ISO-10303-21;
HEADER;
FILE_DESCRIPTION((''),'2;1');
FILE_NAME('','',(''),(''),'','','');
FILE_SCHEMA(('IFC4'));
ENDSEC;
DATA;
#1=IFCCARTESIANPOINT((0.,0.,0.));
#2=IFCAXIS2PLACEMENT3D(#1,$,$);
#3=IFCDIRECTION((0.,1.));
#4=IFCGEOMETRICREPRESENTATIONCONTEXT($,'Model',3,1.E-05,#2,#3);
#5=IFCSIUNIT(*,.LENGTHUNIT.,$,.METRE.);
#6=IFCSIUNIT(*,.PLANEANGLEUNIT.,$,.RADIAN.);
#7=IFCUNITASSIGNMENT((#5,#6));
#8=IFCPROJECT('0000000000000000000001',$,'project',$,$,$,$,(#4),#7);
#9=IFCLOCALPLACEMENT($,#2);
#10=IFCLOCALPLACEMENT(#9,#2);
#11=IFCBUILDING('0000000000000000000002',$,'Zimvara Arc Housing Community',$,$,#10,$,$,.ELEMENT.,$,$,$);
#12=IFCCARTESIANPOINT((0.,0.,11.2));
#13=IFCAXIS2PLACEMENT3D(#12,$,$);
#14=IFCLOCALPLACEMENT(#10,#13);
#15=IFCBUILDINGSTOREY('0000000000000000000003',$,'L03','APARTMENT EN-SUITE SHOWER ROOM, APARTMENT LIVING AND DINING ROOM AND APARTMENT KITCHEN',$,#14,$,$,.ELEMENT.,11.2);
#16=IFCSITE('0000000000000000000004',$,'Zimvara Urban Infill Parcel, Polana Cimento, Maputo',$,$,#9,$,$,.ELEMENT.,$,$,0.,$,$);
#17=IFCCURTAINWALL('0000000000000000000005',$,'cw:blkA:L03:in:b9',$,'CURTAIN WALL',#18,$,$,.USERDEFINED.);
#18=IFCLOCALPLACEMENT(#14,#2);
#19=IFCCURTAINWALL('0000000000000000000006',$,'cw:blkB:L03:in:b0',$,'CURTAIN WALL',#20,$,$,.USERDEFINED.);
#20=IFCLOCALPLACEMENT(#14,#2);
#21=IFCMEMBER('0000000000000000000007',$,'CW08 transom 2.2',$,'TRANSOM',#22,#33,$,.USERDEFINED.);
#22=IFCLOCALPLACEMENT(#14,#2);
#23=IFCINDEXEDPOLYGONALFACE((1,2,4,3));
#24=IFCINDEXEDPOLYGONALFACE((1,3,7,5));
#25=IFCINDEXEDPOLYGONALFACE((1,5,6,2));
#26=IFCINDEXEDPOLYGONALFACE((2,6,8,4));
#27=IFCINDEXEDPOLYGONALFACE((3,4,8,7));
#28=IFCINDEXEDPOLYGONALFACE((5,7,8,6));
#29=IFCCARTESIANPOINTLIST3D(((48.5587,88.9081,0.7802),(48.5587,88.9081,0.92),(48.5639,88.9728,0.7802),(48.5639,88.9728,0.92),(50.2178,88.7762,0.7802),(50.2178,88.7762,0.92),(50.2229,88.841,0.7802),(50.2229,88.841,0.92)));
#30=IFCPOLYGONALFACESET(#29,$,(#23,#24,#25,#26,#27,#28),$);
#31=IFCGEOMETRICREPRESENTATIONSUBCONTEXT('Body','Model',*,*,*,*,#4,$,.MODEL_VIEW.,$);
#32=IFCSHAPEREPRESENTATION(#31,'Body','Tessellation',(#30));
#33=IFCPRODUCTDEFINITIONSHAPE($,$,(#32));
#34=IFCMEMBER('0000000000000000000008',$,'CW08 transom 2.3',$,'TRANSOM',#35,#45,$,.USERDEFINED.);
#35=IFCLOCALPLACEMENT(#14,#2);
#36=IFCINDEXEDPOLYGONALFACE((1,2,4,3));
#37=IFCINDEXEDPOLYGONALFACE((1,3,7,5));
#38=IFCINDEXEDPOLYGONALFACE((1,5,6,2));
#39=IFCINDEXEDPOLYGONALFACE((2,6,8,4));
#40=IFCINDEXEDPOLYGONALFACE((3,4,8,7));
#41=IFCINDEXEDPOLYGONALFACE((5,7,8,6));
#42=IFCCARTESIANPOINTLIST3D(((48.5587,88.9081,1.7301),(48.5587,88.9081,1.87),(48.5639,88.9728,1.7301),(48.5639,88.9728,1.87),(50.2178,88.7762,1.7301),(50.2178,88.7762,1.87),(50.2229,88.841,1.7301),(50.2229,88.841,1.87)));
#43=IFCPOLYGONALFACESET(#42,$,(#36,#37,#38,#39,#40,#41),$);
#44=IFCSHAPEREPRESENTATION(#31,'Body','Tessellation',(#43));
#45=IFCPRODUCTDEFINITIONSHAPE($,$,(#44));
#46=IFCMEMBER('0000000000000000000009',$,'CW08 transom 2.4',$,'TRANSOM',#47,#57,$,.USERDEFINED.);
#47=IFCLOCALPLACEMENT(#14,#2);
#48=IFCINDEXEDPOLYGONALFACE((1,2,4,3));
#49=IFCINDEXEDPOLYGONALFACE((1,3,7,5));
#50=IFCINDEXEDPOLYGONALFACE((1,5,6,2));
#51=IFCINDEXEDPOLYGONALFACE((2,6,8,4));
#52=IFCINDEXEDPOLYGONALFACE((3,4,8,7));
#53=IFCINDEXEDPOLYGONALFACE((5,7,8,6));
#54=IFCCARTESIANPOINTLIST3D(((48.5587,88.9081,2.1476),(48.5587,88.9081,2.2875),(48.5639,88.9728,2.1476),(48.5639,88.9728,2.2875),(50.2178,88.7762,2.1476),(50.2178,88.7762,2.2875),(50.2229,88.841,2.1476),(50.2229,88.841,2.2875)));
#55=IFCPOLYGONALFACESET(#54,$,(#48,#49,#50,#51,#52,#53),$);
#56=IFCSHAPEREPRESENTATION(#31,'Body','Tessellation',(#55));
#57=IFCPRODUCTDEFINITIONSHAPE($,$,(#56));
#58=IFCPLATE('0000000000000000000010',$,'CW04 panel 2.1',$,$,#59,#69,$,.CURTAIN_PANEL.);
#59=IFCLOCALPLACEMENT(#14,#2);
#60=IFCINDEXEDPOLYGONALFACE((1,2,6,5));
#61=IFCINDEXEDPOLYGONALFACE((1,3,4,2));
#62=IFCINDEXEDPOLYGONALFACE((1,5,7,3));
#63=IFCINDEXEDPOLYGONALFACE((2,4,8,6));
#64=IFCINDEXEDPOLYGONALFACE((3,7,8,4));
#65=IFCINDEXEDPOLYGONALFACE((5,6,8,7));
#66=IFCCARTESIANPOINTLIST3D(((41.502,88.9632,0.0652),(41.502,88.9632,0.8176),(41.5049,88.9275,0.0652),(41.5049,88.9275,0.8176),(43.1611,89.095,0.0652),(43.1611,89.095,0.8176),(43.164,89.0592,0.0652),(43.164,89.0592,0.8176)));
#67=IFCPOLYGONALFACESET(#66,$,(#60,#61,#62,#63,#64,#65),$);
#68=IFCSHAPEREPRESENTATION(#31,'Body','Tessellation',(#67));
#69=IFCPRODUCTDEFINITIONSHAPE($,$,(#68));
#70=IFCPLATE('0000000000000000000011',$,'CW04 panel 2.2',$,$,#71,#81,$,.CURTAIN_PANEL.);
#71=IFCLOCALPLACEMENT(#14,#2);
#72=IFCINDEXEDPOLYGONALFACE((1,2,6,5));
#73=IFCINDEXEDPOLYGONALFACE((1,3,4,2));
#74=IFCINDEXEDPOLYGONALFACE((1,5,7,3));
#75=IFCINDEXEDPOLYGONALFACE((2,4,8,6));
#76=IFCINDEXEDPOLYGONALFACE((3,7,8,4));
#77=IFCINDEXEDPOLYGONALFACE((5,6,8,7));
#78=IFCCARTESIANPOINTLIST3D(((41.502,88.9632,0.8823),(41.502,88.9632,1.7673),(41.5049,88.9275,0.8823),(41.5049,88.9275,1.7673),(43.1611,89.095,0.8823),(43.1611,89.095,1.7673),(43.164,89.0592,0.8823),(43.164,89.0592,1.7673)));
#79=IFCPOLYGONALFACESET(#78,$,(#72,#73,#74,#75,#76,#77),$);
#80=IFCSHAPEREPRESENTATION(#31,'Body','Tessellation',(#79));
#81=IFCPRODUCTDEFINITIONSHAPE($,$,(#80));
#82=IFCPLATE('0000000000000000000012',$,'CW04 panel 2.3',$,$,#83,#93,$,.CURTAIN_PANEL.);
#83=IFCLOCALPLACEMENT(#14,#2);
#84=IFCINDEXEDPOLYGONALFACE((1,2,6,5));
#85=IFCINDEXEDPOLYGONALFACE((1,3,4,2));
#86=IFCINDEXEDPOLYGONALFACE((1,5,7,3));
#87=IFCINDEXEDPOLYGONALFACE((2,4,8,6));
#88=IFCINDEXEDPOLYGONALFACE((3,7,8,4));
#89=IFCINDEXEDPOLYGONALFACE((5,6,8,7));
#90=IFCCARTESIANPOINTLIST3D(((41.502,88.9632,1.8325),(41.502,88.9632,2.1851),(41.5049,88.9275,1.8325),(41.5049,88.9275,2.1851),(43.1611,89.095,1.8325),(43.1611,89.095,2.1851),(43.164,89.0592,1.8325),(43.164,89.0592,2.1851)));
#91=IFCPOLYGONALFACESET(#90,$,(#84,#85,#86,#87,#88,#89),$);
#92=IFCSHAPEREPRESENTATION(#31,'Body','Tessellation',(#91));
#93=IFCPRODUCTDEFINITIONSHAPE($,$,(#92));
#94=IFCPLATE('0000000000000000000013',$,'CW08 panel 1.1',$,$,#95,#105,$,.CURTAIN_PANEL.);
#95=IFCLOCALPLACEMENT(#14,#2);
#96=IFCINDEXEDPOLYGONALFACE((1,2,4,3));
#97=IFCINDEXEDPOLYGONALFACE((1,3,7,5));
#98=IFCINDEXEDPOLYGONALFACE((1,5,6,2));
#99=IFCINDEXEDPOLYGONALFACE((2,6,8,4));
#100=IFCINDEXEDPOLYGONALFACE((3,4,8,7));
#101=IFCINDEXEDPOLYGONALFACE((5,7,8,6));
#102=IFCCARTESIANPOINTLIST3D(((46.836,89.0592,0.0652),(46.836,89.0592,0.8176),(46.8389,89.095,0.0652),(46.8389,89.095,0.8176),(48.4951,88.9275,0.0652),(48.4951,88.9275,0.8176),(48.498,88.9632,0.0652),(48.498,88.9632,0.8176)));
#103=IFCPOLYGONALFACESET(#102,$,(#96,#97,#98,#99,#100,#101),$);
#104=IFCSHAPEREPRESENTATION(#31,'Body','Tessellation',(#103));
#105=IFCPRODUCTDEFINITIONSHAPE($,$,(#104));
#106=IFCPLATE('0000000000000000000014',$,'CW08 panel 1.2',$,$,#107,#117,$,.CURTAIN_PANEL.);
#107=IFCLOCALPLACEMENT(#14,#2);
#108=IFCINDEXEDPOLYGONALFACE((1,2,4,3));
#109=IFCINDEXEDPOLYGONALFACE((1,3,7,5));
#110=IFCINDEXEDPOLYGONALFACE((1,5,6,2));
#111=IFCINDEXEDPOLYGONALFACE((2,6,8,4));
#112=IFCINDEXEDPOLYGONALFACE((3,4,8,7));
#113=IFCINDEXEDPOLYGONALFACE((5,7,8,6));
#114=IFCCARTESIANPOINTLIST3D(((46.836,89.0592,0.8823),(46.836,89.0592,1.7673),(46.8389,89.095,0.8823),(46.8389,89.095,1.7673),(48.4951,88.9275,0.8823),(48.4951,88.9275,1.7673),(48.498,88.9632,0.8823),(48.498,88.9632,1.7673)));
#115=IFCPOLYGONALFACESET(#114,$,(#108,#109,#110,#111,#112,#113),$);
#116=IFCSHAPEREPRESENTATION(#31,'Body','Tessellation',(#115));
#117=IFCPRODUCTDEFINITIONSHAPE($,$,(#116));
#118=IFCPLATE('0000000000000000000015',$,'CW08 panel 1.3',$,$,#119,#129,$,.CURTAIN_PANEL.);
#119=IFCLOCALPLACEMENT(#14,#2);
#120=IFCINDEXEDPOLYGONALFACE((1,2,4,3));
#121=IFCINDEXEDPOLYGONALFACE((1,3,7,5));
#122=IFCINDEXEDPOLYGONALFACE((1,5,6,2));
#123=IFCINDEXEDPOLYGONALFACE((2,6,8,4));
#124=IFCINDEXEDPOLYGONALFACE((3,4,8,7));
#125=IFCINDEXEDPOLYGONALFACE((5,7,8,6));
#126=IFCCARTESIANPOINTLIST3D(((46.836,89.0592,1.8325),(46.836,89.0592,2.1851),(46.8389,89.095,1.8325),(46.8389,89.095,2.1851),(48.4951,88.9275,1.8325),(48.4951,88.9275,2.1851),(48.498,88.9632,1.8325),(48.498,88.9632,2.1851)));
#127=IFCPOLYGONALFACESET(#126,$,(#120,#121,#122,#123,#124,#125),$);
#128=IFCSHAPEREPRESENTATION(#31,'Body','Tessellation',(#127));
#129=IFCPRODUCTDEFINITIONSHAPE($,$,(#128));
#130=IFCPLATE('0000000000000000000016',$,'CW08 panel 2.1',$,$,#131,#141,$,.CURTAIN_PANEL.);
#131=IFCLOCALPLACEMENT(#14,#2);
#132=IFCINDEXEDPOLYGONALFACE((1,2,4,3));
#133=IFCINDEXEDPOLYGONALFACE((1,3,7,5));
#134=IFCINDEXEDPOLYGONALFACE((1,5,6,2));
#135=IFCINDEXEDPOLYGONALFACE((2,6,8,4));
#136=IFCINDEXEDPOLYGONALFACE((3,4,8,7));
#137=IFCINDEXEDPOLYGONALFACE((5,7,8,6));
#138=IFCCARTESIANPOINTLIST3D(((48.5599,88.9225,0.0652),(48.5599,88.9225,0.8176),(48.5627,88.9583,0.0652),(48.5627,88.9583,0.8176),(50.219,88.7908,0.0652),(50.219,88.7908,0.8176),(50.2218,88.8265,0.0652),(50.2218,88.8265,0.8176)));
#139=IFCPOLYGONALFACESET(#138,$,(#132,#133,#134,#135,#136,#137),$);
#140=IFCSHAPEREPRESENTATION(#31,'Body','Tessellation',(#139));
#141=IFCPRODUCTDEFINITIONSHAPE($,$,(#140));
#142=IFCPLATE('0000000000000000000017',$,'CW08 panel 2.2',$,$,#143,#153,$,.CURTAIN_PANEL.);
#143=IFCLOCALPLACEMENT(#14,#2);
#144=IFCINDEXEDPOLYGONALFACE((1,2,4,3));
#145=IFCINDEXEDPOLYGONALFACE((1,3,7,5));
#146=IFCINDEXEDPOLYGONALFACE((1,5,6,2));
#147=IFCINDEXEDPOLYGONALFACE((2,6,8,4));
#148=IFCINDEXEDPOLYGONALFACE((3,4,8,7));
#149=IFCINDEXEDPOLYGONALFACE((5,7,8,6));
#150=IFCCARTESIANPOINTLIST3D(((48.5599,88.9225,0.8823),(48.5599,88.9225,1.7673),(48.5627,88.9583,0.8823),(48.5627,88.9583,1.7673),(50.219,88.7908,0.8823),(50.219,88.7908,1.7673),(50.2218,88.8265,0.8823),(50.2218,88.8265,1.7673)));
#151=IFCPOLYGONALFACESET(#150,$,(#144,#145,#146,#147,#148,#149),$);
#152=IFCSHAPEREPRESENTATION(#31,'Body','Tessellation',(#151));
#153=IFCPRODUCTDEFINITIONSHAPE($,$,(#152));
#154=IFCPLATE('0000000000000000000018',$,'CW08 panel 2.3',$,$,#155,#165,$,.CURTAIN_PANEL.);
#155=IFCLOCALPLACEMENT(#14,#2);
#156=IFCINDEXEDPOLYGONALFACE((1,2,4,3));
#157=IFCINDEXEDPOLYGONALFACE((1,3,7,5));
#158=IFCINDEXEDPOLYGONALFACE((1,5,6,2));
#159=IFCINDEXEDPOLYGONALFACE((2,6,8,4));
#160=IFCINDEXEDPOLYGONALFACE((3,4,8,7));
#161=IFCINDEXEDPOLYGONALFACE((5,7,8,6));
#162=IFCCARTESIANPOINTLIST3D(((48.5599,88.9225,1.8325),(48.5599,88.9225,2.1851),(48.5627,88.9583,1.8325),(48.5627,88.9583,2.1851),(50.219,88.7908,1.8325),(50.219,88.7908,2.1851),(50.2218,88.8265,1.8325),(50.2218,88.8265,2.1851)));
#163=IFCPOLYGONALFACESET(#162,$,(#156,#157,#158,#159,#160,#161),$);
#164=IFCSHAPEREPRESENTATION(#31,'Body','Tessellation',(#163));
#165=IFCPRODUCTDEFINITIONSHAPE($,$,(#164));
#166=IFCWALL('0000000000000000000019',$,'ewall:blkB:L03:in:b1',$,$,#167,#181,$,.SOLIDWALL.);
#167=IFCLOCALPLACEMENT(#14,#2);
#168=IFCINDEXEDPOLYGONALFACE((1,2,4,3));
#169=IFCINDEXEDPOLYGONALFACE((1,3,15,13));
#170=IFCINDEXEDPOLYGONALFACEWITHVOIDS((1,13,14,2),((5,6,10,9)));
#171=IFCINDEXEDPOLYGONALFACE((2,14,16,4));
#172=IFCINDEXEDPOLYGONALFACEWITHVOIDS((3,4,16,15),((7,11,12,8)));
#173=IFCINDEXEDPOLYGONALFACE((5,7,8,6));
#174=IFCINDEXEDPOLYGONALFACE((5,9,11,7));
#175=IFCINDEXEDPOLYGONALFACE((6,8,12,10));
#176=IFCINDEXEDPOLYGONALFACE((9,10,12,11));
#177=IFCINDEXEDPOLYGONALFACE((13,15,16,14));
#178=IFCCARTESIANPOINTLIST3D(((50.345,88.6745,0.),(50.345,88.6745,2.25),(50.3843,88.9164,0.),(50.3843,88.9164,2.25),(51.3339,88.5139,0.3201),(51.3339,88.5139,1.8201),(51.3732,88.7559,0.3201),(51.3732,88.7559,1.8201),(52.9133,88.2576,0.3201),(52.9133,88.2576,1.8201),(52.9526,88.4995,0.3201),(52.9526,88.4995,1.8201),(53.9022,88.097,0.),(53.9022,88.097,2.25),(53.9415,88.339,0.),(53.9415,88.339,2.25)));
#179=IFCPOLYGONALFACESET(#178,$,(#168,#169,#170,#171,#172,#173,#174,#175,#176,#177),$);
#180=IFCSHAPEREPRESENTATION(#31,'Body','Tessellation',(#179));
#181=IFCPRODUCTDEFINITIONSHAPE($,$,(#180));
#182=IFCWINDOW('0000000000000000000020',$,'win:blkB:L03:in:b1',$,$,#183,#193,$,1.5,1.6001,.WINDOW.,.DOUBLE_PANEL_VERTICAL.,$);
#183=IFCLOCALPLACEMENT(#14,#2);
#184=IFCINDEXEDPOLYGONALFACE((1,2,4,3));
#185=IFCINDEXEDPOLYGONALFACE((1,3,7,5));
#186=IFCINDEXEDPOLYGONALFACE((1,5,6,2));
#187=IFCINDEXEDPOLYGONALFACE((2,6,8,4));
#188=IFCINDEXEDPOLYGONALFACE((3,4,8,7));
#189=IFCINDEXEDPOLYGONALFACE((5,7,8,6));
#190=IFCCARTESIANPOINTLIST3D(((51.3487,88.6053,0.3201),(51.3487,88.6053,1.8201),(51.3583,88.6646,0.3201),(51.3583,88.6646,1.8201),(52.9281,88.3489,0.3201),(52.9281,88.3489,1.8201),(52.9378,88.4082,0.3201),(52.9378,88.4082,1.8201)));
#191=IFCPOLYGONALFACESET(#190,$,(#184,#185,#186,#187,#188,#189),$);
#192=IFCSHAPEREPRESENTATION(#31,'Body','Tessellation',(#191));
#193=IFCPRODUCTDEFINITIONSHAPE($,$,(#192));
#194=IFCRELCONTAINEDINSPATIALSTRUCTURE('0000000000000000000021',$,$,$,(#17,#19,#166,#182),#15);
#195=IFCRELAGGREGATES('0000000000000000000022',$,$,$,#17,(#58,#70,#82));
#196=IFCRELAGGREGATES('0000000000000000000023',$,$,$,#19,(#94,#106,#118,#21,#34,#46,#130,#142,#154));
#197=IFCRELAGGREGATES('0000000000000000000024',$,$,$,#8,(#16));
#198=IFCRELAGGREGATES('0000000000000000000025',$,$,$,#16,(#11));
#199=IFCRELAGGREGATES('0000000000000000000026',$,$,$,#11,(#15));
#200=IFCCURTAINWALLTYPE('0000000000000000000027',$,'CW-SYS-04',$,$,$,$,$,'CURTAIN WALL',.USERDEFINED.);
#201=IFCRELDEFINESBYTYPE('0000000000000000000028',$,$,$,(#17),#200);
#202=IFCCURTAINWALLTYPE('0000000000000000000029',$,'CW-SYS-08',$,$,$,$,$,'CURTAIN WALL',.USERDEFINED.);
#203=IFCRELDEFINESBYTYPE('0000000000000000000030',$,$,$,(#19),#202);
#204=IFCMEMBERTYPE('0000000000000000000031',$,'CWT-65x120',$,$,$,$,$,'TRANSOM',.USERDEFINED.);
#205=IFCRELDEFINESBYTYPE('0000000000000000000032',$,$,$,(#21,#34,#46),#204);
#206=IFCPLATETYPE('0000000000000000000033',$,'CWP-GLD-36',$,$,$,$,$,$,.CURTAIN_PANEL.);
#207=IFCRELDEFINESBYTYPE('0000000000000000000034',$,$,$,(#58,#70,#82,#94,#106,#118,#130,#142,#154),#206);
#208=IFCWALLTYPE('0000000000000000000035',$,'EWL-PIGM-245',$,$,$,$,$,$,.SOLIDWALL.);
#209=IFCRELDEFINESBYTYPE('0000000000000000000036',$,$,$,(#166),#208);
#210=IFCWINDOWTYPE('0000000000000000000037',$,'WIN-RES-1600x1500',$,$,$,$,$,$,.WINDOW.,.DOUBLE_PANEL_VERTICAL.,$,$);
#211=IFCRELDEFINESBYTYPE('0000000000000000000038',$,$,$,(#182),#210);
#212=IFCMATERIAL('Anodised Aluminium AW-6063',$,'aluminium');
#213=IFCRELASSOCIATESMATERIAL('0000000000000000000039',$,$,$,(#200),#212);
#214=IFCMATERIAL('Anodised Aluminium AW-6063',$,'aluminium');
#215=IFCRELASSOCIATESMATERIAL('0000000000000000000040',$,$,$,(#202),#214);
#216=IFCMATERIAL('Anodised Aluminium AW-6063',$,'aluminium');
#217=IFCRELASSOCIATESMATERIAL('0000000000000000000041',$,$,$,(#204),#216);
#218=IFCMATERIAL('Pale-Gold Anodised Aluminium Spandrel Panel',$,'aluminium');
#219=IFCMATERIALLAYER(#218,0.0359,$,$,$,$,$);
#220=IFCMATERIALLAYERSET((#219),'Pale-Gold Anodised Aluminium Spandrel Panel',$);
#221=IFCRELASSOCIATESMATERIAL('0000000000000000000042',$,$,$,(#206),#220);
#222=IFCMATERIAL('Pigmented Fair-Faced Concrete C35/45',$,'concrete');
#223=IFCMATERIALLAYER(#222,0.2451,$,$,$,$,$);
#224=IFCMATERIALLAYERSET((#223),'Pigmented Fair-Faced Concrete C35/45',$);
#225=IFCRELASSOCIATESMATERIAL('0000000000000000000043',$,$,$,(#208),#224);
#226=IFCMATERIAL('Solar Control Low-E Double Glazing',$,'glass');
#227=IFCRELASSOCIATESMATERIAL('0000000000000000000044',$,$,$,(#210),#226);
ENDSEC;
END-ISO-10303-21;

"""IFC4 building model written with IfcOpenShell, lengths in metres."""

from ifc_helpers import new_model, si_unit, direction, frame, frame_2d, origin, origin_2d, place, context, subcontext, project, spatial, rectangle, extrude, material, layer, layer_set, material_profile, profile_set, type_object, element, fill, aggregate, save


model = new_model("IFC4")

# Units and contexts
model_context = context("Model", 3, precision=1e-05, world=origin(), true_north=direction((0.0, 1.0)))
body_context = subcontext(model_context, "Body", "Model", "MODEL_VIEW")
ifc_project = project(units=[si_unit("LENGTHUNIT", "METRE"), si_unit("PLANEANGLEUNIT", "RADIAN")], contexts=[model_context])

# Site, building, storey
site_placement = place(None, origin())
site = spatial("IfcSite", under=ifc_project, at=site_placement, Name="Zimvara Urban Infill Parcel, Polana Cimento, Maputo", CompositionType="ELEMENT", RefElevation=0.0)
building_placement = place(site_placement, origin())
building = spatial("IfcBuilding", under=site, at=building_placement, Name="Zimvara Arc Housing Community", CompositionType="ELEMENT")
storey_placement = place(building_placement, frame((0.0, 0.0, 11.2)))
storey = spatial("IfcBuildingStorey", under=building, at=storey_placement, Name="L03", Description="APARTMENT EN-SUITE SHOWER ROOM, APARTMENT LIVING AND DINING ROOM AND APARTMENT KITCHEN", CompositionType="ELEMENT", Elevation=11.2)

# Curtain wall
ifc_material_1 = material(Name="Anodised Aluminium AW-6063", Category="aluminium")
curtain_wall_type_1 = type_object("IfcCurtainWallType", Name="CW-SYS-04", ElementType="CURTAIN WALL", PredefinedType="USERDEFINED", material=ifc_material_1)
curtain_wall_1_placement = place(storey_placement, origin())
curtain_wall_1 = element("IfcCurtainWall", 1, at=curtain_wall_1_placement, inside=storey, type_object=curtain_wall_type_1, Name="cw:blkA:L03:in:b9", ObjectType="CURTAIN WALL", PredefinedType="USERDEFINED")

# Curtain wall
ifc_material_2 = material(Name="Anodised Aluminium AW-6063", Category="aluminium")
curtain_wall_type_2 = type_object("IfcCurtainWallType", Name="CW-SYS-08", ElementType="CURTAIN WALL", PredefinedType="USERDEFINED", material=ifc_material_2)
curtain_wall_2_placement = place(storey_placement, origin())
curtain_wall_2 = element("IfcCurtainWall", 2, at=curtain_wall_2_placement, inside=storey, type_object=curtain_wall_type_2, Name="cw:blkB:L03:in:b0", ObjectType="CURTAIN WALL", PredefinedType="USERDEFINED")

# Members
ifc_material_3 = material(Name="Anodised Aluminium AW-6063", Category="aluminium")
ifc_material_profile_1 = material_profile(ifc_material_3, rectangle(XDim=0.0649, YDim=0.1399, at=origin_2d()), Name="ALU 65x140")
ifc_profile_set_1 = profile_set([ifc_material_profile_1], Name="Anodised Aluminium AW-6063")
member_type_1 = type_object("IfcMemberType", Name="CWT-65x120", ElementType="TRANSOM", PredefinedType="USERDEFINED", material=ifc_profile_set_1)
member_1_placement = place(storey_placement, frame((48.5613, 88.9404, 0.8501), z_axis=(0.996858, -0.079209, 0.0), x_axis=(0.079209, 0.996858, 0.0)))
member_1 = element("IfcMember", 3, at=member_1_placement, type_object=member_type_1, Name="CW08 transom 2.2", ObjectType="TRANSOM", PredefinedType="USERDEFINED", context=body_context, shape_type="SweptSolid", body=[
    extrude(rectangle(XDim=0.0649, YDim=0.1399, at=origin_2d()), origin(), (0.0, 0.0, 1.0), 1.6643),
])
member_2_placement = place(storey_placement, frame((48.5613, 88.9404, 1.8), z_axis=(0.996858, -0.079209, 0.0), x_axis=(0.079209, 0.996858, 0.0)))
member_2 = element("IfcMember", 4, at=member_2_placement, type_object=member_type_1, Name="CW08 transom 2.3", ObjectType="TRANSOM", PredefinedType="USERDEFINED", context=body_context, shape_type="SweptSolid", body=[
    extrude(rectangle(XDim=0.0649, YDim=0.1399, at=origin_2d()), origin(), (0.0, 0.0, 1.0), 1.6643),
])
member_3_placement = place(storey_placement, frame((48.5613, 88.9404, 2.2175), z_axis=(0.996858, -0.079209, 0.0), x_axis=(0.079209, 0.996858, 0.0)))
member_3 = element("IfcMember", 5, at=member_3_placement, type_object=member_type_1, Name="CW08 transom 2.4", ObjectType="TRANSOM", PredefinedType="USERDEFINED", context=body_context, shape_type="SweptSolid", body=[
    extrude(rectangle(XDim=0.0649, YDim=0.1399, at=origin_2d()), origin(), (0.0, 0.0, 1.0), 1.6643),
])

# Plates
ifc_material_4 = material(Name="Pale-Gold Anodised Aluminium Spandrel Panel", Category="aluminium")
ifc_layer_1 = layer(ifc_material_4, 0.0359)
ifc_layer_set_1 = layer_set([ifc_layer_1], Name="Pale-Gold Anodised Aluminium Spandrel Panel")
plate_type = type_object("IfcPlateType", Name="CWP-GLD-36", PredefinedType="CURTAIN_PANEL", material=ifc_layer_set_1)
plate_1_placement = place(storey_placement, frame((42.333, 89.0112, 0.0652), z_axis=(0.0, 0.0, 1.0), x_axis=(0.996862, 0.079155, 0.0)))
plate_1 = element("IfcPlate", 6, at=plate_1_placement, type_object=plate_type, Name="CW04 panel 2.1", PredefinedType="CURTAIN_PANEL", context=body_context, shape_type="SweptSolid", body=[
    extrude(rectangle(XDim=1.6643, YDim=0.0359, at=origin_2d()), origin(), (0.0, 0.0, 1.0), 0.7524),
])
plate_2_placement = place(storey_placement, frame((42.333, 89.0112, 0.8823), z_axis=(0.0, 0.0, 1.0), x_axis=(0.996862, 0.079155, 0.0)))
plate_2 = element("IfcPlate", 7, at=plate_2_placement, type_object=plate_type, Name="CW04 panel 2.2", PredefinedType="CURTAIN_PANEL", context=body_context, shape_type="SweptSolid", body=[
    extrude(rectangle(XDim=1.6643, YDim=0.0359, at=origin_2d()), origin(), (0.0, 0.0, 1.0), 0.885),
])
plate_3_placement = place(storey_placement, frame((42.333, 89.0112, 1.8325), z_axis=(0.0, 0.0, 1.0), x_axis=(0.996862, 0.079155, 0.0)))
plate_3 = element("IfcPlate", 8, at=plate_3_placement, type_object=plate_type, Name="CW04 panel 2.3", PredefinedType="CURTAIN_PANEL", context=body_context, shape_type="SweptSolid", body=[
    extrude(rectangle(XDim=1.6643, YDim=0.0359, at=origin_2d()), origin(), (0.0, 0.0, 1.0), 0.3525),
])
aggregate(curtain_wall_1, [plate_1, plate_2, plate_3])
plate_4_placement = place(storey_placement, frame((47.667, 89.0112, 0.0652), z_axis=(0.0, 0.0, 1.0), x_axis=(0.996862, -0.079155, 0.0)))
plate_4 = element("IfcPlate", 9, at=plate_4_placement, type_object=plate_type, Name="CW08 panel 1.1", PredefinedType="CURTAIN_PANEL", context=body_context, shape_type="SweptSolid", body=[
    extrude(rectangle(XDim=1.6643, YDim=0.0359, at=origin_2d()), origin(), (0.0, 0.0, 1.0), 0.7524),
])
plate_5_placement = place(storey_placement, frame((47.667, 89.0112, 0.8823), z_axis=(0.0, 0.0, 1.0), x_axis=(0.996862, -0.079155, 0.0)))
plate_5 = element("IfcPlate", 10, at=plate_5_placement, type_object=plate_type, Name="CW08 panel 1.2", PredefinedType="CURTAIN_PANEL", context=body_context, shape_type="SweptSolid", body=[
    extrude(rectangle(XDim=1.6643, YDim=0.0359, at=origin_2d()), origin(), (0.0, 0.0, 1.0), 0.885),
])
plate_6_placement = place(storey_placement, frame((47.667, 89.0112, 1.8325), z_axis=(0.0, 0.0, 1.0), x_axis=(0.996862, -0.079155, 0.0)))
plate_6 = element("IfcPlate", 11, at=plate_6_placement, type_object=plate_type, Name="CW08 panel 1.3", PredefinedType="CURTAIN_PANEL", context=body_context, shape_type="SweptSolid", body=[
    extrude(rectangle(XDim=1.6643, YDim=0.0359, at=origin_2d()), origin(), (0.0, 0.0, 1.0), 0.3525),
])
plate_7_placement = place(storey_placement, frame((49.3909, 88.8745, 0.0652), z_axis=(0.0, 0.0, 1.0), x_axis=(0.996862, -0.079155, 0.0)))
plate_7 = element("IfcPlate", 12, at=plate_7_placement, type_object=plate_type, Name="CW08 panel 2.1", PredefinedType="CURTAIN_PANEL", context=body_context, shape_type="SweptSolid", body=[
    extrude(rectangle(XDim=1.6643, YDim=0.0359, at=origin_2d()), origin(), (0.0, 0.0, 1.0), 0.7524),
])
plate_8_placement = place(storey_placement, frame((49.3909, 88.8745, 0.8823), z_axis=(0.0, 0.0, 1.0), x_axis=(0.996862, -0.079155, 0.0)))
plate_8 = element("IfcPlate", 13, at=plate_8_placement, type_object=plate_type, Name="CW08 panel 2.2", PredefinedType="CURTAIN_PANEL", context=body_context, shape_type="SweptSolid", body=[
    extrude(rectangle(XDim=1.6643, YDim=0.0359, at=origin_2d()), origin(), (0.0, 0.0, 1.0), 0.885),
])
plate_9_placement = place(storey_placement, frame((49.3909, 88.8745, 1.8325), z_axis=(0.0, 0.0, 1.0), x_axis=(0.996862, -0.079155, 0.0)))
plate_9 = element("IfcPlate", 14, at=plate_9_placement, type_object=plate_type, Name="CW08 panel 2.3", PredefinedType="CURTAIN_PANEL", context=body_context, shape_type="SweptSolid", body=[
    extrude(rectangle(XDim=1.6643, YDim=0.0359, at=origin_2d()), origin(), (0.0, 0.0, 1.0), 0.3525),
])
aggregate(curtain_wall_2, [plate_4, plate_5, plate_6, member_1, member_2, member_3, plate_7, plate_8, plate_9])

# Wall, opening, window
ifc_material_5 = material(Name="Pigmented Fair-Faced Concrete C35/45", Category="concrete")
ifc_layer_2 = layer(ifc_material_5, 0.2451)
ifc_layer_set_2 = layer_set([ifc_layer_2], Name="Pigmented Fair-Faced Concrete C35/45")
wall_type = type_object("IfcWallType", Name="EWL-PIGM-245", PredefinedType="SOLIDWALL", material=ifc_layer_set_2)
wall_placement = place(storey_placement, frame((50.3647, 88.7954, 0.0), z_axis=(0.0, 0.0, 1.0), x_axis=(0.987081, -0.160223, 0.0)))
wall = element("IfcWall", 15, at=wall_placement, inside=storey, type_object=wall_type, Name="ewall:blkB:L03:in:b1", PredefinedType="SOLIDWALL", context=body_context, shape_type="SweptSolid", body=[
    extrude(rectangle(XDim=3.6038, YDim=0.2451, at=frame_2d((1.8018, 0.0))), origin(), (0.0, 0.0, 1.0), 2.25),
])
opening_placement = place(wall_placement, frame((1.0017, 0.0, 0.3201)))
opening = element("IfcOpeningElement", 16, at=opening_placement, cuts=wall, PredefinedType="OPENING", context=body_context, shape_type="SweptSolid", body=[
    extrude(rectangle(XDim=1.6001, YDim=1.5, at=frame_2d((0.8, 0.75))), frame((0.0, 0.1326, 0.0), z_axis=(0.0, -1.0, 0.0), x_axis=(1.0, 0.0, 0.0)), (0.0, 0.0, 1.0), 0.2651),
])
ifc_material_6 = material(Name="Solar Control Low-E Double Glazing", Category="glass")
window_type = type_object("IfcWindowType", Name="WIN-RES-1600x1500", PartitioningType="DOUBLE_PANEL_VERTICAL", PredefinedType="WINDOW", material=ifc_material_6)
window_placement = place(opening_placement, origin())
window = element("IfcWindow", 17, at=window_placement, inside=storey, type_object=window_type, Name="win:blkB:L03:in:b1", OverallHeight=1.5, OverallWidth=1.6001, PartitioningType="DOUBLE_PANEL_VERTICAL", PredefinedType="WINDOW", context=body_context, shape_type="SweptSolid", body=[
    extrude(rectangle(XDim=1.6001, YDim=1.5, at=frame_2d((0.8, 0.75))), frame((0.0, 0.03, 0.0), z_axis=(0.0, -1.0, 0.0), x_axis=(1.0, 0.0, 0.0)), (0.0, 0.0, 1.0), 0.0601),
])
fill(opening, window)

save(model, "model.ifc")
